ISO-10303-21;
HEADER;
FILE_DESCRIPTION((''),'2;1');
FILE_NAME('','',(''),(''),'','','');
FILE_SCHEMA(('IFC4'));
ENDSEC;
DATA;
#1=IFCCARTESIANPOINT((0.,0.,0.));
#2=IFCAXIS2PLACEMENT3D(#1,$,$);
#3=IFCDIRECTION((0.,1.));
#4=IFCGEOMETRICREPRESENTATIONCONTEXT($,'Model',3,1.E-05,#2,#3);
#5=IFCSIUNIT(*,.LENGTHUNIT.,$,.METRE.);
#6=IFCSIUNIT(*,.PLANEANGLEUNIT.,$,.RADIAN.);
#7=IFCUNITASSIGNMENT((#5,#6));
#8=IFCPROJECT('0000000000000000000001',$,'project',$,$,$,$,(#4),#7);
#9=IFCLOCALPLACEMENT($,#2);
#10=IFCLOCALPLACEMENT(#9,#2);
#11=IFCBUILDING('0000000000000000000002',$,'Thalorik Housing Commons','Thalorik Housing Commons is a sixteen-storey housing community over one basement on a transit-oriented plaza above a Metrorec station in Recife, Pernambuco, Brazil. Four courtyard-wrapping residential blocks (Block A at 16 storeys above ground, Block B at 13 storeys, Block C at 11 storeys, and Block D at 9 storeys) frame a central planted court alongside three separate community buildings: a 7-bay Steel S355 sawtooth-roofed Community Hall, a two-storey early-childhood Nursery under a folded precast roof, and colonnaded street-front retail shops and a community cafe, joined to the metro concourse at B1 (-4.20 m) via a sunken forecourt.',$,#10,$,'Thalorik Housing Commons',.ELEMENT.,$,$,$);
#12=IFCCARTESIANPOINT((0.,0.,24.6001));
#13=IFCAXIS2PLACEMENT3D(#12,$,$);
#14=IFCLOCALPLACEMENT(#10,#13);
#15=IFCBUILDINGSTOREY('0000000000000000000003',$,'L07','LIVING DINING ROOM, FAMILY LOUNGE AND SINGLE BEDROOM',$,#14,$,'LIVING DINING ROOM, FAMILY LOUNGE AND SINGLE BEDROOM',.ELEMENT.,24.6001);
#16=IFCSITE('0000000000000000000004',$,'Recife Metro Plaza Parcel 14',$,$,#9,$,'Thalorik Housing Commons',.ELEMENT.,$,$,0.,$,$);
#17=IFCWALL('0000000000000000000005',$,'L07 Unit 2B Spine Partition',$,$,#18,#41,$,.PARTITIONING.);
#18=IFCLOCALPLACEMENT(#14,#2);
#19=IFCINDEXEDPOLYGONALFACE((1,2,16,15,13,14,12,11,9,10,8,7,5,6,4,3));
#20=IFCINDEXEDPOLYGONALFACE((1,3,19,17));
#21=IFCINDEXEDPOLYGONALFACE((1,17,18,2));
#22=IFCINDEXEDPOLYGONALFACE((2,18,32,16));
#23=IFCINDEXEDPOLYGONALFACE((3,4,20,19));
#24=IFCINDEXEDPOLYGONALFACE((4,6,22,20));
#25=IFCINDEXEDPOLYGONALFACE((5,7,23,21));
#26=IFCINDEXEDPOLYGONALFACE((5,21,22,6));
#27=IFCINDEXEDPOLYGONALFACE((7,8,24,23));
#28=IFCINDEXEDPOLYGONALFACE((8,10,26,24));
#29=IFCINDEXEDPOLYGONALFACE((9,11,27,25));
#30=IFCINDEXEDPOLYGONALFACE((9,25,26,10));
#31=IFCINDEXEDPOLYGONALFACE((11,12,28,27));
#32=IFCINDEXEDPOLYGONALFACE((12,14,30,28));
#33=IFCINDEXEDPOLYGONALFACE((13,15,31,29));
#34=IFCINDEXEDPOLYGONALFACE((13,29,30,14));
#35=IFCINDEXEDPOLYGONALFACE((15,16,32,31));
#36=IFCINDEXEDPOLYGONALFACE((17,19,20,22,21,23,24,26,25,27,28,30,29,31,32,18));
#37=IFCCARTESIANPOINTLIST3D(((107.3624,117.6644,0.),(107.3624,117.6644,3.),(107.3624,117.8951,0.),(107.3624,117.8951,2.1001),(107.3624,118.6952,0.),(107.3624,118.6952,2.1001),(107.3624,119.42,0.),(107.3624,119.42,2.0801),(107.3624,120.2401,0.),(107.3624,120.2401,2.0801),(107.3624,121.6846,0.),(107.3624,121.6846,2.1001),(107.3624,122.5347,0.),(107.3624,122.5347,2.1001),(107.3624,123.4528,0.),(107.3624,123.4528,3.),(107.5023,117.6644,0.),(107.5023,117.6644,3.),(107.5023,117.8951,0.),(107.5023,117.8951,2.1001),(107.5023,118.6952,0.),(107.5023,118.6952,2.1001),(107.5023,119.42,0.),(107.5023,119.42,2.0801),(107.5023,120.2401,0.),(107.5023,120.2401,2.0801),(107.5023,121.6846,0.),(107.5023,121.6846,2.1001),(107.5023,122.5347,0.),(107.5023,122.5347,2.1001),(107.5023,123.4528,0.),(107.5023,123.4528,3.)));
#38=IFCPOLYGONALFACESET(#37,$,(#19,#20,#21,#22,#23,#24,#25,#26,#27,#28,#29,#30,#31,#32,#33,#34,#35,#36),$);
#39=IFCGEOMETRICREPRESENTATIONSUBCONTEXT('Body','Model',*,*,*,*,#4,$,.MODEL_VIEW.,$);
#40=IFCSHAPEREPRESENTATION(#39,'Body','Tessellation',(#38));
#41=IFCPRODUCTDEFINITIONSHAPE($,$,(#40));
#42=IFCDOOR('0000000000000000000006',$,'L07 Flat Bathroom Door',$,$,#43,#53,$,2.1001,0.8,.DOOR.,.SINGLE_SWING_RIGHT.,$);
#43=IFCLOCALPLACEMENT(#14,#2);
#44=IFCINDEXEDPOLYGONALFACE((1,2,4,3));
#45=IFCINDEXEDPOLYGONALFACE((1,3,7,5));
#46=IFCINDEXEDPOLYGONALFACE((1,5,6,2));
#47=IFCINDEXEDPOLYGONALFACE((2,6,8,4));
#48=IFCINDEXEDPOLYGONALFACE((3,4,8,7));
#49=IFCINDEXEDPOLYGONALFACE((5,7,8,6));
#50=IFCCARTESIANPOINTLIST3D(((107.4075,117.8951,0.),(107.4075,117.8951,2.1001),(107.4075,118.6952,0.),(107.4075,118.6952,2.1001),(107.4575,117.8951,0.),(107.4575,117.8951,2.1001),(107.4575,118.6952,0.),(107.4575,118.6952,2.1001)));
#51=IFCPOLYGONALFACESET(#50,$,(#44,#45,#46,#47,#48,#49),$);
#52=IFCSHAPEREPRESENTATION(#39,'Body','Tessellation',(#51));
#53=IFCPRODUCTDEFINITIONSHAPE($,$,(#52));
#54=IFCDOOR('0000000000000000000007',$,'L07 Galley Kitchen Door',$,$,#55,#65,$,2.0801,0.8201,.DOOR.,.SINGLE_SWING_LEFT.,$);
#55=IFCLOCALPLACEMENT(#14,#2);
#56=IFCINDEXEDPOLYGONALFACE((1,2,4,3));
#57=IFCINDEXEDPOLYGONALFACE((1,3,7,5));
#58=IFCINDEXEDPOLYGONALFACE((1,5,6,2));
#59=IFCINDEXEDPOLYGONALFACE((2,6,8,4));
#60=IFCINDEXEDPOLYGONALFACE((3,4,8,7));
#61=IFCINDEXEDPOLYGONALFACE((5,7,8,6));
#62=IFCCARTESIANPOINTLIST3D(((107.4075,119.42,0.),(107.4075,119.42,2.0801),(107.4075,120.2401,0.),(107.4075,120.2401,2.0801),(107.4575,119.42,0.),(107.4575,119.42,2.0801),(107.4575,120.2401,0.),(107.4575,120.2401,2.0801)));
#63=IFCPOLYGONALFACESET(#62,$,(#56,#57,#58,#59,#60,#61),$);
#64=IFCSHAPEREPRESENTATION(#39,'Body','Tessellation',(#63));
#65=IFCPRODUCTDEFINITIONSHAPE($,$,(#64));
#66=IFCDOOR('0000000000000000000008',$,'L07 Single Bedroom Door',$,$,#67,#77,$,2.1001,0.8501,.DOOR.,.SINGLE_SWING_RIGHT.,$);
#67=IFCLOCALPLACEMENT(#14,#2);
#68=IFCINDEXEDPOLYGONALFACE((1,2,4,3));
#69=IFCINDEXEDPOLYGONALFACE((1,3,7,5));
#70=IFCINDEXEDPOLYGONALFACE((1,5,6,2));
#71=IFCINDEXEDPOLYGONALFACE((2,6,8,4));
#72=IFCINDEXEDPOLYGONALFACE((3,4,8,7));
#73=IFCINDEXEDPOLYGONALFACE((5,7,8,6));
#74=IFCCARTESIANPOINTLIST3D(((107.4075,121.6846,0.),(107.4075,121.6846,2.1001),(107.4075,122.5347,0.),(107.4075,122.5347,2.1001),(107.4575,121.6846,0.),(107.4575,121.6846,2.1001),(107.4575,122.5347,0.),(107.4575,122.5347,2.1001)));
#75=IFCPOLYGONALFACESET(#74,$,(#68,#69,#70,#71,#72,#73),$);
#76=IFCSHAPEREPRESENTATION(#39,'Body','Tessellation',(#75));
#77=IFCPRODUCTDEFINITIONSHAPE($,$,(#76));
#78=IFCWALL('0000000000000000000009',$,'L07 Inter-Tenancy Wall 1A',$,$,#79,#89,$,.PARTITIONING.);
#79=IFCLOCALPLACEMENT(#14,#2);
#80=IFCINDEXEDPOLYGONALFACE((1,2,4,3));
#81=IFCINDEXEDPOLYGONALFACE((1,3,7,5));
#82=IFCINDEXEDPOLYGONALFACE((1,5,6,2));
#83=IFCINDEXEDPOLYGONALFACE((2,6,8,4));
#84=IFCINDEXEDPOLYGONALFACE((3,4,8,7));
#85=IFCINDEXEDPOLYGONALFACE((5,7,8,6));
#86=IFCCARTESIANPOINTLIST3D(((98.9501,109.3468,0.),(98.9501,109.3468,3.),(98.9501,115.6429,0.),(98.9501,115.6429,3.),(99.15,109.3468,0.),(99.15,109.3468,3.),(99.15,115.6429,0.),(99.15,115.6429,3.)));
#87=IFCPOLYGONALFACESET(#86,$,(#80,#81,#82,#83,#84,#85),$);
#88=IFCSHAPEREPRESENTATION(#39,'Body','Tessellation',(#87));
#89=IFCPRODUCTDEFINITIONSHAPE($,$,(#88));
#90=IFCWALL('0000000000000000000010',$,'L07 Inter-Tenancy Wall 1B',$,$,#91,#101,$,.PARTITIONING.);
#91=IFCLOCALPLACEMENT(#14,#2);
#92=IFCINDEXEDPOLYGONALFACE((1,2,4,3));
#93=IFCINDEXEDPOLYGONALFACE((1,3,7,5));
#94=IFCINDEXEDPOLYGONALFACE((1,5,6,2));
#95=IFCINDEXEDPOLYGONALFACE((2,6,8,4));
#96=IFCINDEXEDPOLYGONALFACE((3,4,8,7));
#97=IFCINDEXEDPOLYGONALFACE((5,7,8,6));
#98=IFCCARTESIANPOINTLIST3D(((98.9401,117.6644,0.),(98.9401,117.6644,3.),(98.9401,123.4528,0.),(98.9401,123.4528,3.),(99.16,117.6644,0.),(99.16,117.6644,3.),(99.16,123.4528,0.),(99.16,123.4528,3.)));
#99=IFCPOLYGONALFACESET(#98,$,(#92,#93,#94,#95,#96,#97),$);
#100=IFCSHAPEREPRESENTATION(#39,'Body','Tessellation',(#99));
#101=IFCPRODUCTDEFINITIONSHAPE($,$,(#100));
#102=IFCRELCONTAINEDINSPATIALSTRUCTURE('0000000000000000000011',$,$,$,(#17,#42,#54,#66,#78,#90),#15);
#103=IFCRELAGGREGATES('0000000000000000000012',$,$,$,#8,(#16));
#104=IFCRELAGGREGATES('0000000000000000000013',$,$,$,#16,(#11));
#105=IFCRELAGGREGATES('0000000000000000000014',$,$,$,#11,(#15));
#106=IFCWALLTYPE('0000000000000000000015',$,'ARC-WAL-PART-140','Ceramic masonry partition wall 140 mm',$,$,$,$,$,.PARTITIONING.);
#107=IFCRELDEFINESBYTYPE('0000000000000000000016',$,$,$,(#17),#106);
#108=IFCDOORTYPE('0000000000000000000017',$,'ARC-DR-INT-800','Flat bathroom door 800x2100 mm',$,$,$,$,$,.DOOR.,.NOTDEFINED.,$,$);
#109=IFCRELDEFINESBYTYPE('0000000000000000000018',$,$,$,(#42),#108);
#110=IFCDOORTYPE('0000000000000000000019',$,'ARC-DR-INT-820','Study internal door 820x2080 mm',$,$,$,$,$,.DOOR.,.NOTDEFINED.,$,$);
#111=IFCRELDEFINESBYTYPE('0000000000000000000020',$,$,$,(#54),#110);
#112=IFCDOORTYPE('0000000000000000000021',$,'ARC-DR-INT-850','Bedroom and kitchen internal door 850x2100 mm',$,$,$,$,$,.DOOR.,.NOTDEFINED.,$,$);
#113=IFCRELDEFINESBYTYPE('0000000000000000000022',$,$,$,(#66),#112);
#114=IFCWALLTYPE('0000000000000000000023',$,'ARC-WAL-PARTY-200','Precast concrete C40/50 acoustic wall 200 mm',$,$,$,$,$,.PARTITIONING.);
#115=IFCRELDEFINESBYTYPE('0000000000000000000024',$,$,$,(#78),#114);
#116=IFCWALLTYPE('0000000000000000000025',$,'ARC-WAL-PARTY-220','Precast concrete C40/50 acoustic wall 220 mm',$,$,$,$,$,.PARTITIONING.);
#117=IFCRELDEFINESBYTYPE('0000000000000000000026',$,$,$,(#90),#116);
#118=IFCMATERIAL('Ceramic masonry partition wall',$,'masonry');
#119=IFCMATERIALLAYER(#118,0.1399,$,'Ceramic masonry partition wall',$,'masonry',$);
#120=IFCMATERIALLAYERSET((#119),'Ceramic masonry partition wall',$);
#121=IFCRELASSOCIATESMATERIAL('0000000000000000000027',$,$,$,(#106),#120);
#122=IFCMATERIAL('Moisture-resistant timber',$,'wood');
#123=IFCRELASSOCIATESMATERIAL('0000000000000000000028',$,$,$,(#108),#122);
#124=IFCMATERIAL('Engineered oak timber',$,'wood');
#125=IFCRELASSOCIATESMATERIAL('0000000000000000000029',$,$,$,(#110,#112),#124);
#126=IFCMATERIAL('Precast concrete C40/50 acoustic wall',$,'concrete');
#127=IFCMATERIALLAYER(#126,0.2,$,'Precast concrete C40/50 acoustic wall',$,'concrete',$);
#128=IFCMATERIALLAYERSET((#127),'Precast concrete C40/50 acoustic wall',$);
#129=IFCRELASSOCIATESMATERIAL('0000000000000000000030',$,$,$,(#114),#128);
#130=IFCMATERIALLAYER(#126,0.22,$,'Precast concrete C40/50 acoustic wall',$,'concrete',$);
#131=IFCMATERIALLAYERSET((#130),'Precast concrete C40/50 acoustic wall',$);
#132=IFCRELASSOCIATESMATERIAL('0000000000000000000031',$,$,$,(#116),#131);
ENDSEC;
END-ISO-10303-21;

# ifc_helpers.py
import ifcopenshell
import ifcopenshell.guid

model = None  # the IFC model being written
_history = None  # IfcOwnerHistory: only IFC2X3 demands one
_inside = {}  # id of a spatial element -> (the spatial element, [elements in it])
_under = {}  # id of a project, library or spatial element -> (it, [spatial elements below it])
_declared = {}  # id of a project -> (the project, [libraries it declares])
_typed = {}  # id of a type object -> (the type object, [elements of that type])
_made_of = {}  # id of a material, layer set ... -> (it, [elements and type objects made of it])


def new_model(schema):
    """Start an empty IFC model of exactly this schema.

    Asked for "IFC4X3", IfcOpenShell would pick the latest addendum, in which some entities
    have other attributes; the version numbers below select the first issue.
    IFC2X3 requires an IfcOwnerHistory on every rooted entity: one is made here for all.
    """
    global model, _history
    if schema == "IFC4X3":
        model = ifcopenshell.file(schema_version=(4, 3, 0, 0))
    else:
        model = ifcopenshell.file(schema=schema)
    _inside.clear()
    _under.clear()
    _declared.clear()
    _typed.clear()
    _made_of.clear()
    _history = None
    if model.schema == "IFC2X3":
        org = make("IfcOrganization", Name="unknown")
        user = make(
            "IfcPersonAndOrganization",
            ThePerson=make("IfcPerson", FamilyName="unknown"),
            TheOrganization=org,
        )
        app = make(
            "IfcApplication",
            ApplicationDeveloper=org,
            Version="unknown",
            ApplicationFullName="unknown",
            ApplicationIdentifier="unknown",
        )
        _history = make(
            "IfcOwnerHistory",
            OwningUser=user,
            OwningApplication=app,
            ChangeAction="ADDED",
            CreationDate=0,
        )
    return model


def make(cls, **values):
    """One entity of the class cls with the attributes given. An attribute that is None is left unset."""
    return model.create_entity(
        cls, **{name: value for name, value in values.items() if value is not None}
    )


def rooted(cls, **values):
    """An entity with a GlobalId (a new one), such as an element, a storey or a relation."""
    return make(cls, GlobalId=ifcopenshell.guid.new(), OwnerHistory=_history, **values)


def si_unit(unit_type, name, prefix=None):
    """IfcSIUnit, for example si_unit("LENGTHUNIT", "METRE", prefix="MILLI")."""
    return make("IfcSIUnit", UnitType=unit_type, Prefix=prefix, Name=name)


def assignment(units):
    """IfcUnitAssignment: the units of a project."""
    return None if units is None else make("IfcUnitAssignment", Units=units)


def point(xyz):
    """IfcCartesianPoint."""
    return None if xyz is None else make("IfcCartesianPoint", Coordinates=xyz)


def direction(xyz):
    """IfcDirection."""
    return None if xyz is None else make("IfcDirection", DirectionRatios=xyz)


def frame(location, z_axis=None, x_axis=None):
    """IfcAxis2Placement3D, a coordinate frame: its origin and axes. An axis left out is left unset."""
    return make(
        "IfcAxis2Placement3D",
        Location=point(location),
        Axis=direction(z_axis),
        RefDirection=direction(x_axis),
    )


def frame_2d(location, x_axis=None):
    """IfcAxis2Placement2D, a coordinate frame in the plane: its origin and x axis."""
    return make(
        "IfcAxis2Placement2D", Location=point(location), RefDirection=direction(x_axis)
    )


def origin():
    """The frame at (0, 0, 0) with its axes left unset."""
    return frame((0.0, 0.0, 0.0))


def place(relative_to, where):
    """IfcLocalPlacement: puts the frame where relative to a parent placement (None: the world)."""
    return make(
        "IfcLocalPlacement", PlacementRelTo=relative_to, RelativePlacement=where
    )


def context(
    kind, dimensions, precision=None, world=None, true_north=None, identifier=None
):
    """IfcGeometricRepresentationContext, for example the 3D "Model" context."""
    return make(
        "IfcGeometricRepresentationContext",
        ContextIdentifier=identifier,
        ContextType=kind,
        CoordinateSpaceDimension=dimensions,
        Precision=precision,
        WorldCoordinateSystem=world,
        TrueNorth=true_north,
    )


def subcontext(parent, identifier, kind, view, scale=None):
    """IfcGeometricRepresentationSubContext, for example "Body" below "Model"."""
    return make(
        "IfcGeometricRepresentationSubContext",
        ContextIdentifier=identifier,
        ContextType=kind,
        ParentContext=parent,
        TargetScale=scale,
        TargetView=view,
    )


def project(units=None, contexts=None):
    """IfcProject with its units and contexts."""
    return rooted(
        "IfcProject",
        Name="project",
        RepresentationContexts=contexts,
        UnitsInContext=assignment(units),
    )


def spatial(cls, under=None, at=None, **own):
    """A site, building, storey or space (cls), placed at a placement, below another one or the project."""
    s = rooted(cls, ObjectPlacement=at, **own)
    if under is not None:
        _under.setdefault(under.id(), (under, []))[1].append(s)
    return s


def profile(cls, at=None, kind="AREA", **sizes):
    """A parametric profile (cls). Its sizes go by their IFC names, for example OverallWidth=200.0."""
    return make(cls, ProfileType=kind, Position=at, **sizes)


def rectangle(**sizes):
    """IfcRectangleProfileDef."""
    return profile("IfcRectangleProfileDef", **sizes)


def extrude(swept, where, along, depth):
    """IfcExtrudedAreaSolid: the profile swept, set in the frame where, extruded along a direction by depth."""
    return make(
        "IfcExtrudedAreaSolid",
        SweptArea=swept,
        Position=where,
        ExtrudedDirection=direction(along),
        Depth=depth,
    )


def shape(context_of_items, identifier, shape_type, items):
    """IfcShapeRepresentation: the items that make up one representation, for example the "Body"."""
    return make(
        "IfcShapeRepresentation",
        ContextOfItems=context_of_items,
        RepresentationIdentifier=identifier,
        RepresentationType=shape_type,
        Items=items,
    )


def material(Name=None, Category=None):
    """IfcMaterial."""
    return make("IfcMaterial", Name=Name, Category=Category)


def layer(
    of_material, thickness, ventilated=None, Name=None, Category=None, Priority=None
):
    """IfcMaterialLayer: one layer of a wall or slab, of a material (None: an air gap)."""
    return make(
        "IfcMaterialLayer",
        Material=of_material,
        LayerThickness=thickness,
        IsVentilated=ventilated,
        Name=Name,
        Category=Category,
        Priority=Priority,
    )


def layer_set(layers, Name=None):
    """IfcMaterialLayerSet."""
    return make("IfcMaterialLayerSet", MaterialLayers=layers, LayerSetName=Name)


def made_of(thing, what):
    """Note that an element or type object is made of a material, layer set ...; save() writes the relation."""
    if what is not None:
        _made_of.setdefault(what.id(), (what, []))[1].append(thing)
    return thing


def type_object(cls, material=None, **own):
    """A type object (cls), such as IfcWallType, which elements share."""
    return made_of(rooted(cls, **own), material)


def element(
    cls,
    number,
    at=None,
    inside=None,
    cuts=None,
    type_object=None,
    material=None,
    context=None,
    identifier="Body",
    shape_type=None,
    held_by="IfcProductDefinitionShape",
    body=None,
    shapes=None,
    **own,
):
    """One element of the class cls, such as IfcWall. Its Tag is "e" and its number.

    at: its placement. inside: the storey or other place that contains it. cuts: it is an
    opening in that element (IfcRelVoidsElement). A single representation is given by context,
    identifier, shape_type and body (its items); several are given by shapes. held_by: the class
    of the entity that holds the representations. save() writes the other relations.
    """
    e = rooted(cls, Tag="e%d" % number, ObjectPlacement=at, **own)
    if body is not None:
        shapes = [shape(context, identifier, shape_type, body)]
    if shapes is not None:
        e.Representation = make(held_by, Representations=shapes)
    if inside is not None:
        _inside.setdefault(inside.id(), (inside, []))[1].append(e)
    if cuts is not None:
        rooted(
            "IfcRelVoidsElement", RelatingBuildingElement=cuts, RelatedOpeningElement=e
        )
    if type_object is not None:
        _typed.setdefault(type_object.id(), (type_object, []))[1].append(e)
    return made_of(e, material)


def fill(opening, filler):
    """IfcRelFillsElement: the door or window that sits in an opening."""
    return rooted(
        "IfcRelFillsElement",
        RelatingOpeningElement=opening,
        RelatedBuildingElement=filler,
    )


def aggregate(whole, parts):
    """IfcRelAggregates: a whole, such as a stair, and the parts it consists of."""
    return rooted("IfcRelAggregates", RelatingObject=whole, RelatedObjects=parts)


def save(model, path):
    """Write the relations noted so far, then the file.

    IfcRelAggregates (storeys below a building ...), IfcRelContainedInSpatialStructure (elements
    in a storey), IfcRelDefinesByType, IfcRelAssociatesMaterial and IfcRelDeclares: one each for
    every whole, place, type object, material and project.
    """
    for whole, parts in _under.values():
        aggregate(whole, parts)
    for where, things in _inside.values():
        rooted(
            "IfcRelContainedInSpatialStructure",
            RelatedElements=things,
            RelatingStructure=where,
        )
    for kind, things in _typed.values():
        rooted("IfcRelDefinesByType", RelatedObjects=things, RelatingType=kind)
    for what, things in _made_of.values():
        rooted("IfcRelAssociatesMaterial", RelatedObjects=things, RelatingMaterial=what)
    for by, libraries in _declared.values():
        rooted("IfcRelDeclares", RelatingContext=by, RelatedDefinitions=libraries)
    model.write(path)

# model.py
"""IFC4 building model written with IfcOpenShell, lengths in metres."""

from ifc_helpers import new_model, si_unit, direction, frame, frame_2d, origin, place, context, subcontext, project, spatial, rectangle, extrude, material, layer, layer_set, type_object, element, fill, save


model = new_model("IFC4")

# Units and contexts
model_context = context("Model", 3, precision=1e-05, world=origin(), true_north=direction((0.0, 1.0)))
body_context = subcontext(model_context, "Body", "Model", "MODEL_VIEW")
ifc_project = project(units=[si_unit("LENGTHUNIT", "METRE"), si_unit("PLANEANGLEUNIT", "RADIAN")], contexts=[model_context])

# Site, building, storey
site_placement = place(None, origin())
site = spatial("IfcSite", under=ifc_project, at=site_placement, Name="Recife Metro Plaza Parcel 14", LongName="Thalorik Housing Commons", CompositionType="ELEMENT", RefElevation=0.0)
building_placement = place(site_placement, origin())
building = spatial("IfcBuilding", under=site, at=building_placement, Name="Thalorik Housing Commons", Description="Thalorik Housing Commons is a sixteen-storey housing community over one basement on a transit-oriented plaza above a Metrorec station in Recife, Pernambuco, Brazil. Four courtyard-wrapping residential blocks (Block A at 16 storeys above ground, Block B at 13 storeys, Block C at 11 storeys, and Block D at 9 storeys) frame a central planted court alongside three separate community buildings: a 7-bay Steel S355 sawtooth-roofed Community Hall, a two-storey early-childhood Nursery under a folded precast roof, and colonnaded street-front retail shops and a community cafe, joined to the metro concourse at B1 (-4.20 m) via a sunken forecourt.", LongName="Thalorik Housing Commons", CompositionType="ELEMENT")
storey_placement = place(building_placement, frame((0.0, 0.0, 24.6001)))
storey = spatial("IfcBuildingStorey", under=building, at=storey_placement, Name="L07", Description="LIVING DINING ROOM, FAMILY LOUNGE AND SINGLE BEDROOM", LongName="LIVING DINING ROOM, FAMILY LOUNGE AND SINGLE BEDROOM", CompositionType="ELEMENT", Elevation=24.6001)

# Wall, openings, doors
ifc_material_1 = material(Name="Ceramic masonry partition wall", Category="masonry")
ifc_layer_1 = layer(ifc_material_1, 0.1399, Name="Ceramic masonry partition wall", Category="masonry")
ifc_layer_set_1 = layer_set([ifc_layer_1], Name="Ceramic masonry partition wall")
wall_type_1 = type_object("IfcWallType", Name="ARC-WAL-PART-140", Description="Ceramic masonry partition wall 140 mm", PredefinedType="PARTITIONING", material=ifc_layer_set_1)
wall_1_placement = place(storey_placement, frame((107.4324, 117.6646, 0.0), z_axis=(0.0, 0.0, 1.0), x_axis=(0.0, 1.0, 0.0)))
wall_1 = element("IfcWall", 1, at=wall_1_placement, inside=storey, type_object=wall_type_1, Name="L07 Unit 2B Spine Partition", PredefinedType="PARTITIONING", context=body_context, shape_type="SweptSolid", body=[
    extrude(rectangle(XDim=5.7883, YDim=0.1399, at=frame_2d((2.894, 0.0))), origin(), (0.0, 0.0, 1.0), 3.0),
])
opening_1_placement = place(wall_1_placement, frame((0.2307, 0.0, 0.0)))
opening_1 = element("IfcOpeningElement", 2, at=opening_1_placement, cuts=wall_1, PredefinedType="OPENING", context=body_context, shape_type="SweptSolid", body=[
    extrude(rectangle(XDim=0.8, YDim=2.1001, at=frame_2d((0.3999, 1.05))), frame((0.0, 0.0801, 0.0), z_axis=(0.0, -1.0, 0.0), x_axis=(1.0, 0.0, 0.0)), (0.0, 0.0, 1.0), 0.1599),
])
opening_2_placement = place(wall_1_placement, frame((1.7554, 0.0, 0.0)))
opening_2 = element("IfcOpeningElement", 3, at=opening_2_placement, cuts=wall_1, PredefinedType="OPENING", context=body_context, shape_type="SweptSolid", body=[
    extrude(rectangle(XDim=0.8201, YDim=2.0801, at=frame_2d((0.4102, 1.04))), frame((0.0, 0.0801, 0.0), z_axis=(0.0, -1.0, 0.0), x_axis=(1.0, 0.0, 0.0)), (0.0, 0.0, 1.0), 0.1599),
])
opening_3_placement = place(wall_1_placement, frame((4.02, 0.0, 0.0)))
opening_3 = element("IfcOpeningElement", 4, at=opening_3_placement, cuts=wall_1, PredefinedType="OPENING", context=body_context, shape_type="SweptSolid", body=[
    extrude(rectangle(XDim=0.8501, YDim=2.1001, at=frame_2d((0.425, 1.05))), frame((0.0, 0.0801, 0.0), z_axis=(0.0, -1.0, 0.0), x_axis=(1.0, 0.0, 0.0)), (0.0, 0.0, 1.0), 0.1599),
])
ifc_material_2 = material(Name="Moisture-resistant timber", Category="wood")
door_type_1 = type_object("IfcDoorType", Name="ARC-DR-INT-800", Description="Flat bathroom door 800x2100 mm", OperationType="NOTDEFINED", PredefinedType="DOOR", material=ifc_material_2)
door_1_placement = place(opening_1_placement, origin())
door_1 = element("IfcDoor", 5, at=door_1_placement, inside=storey, type_object=door_type_1, Name="L07 Flat Bathroom Door", OperationType="SINGLE_SWING_RIGHT", OverallHeight=2.1001, OverallWidth=0.8, PredefinedType="DOOR", context=body_context, shape_type="SweptSolid", body=[
    extrude(rectangle(XDim=0.8, YDim=2.1001, at=frame_2d((0.3999, 1.05))), frame((0.0, 0.0249, 0.0), z_axis=(0.0, -1.0, 0.0), x_axis=(1.0, 0.0, 0.0)), (0.0, 0.0, 1.0), 0.05),
])
fill(opening_1, door_1)
ifc_material_3 = material(Name="Engineered oak timber", Category="wood")
door_type_2 = type_object("IfcDoorType", Name="ARC-DR-INT-820", Description="Study internal door 820x2080 mm", OperationType="NOTDEFINED", PredefinedType="DOOR", material=ifc_material_3)
door_2_placement = place(opening_2_placement, origin())
door_2 = element("IfcDoor", 6, at=door_2_placement, inside=storey, type_object=door_type_2, Name="L07 Galley Kitchen Door", OperationType="SINGLE_SWING_LEFT", OverallHeight=2.0801, OverallWidth=0.8201, PredefinedType="DOOR", context=body_context, shape_type="SweptSolid", body=[
    extrude(rectangle(XDim=0.8201, YDim=2.0801, at=frame_2d((0.4102, 1.04))), frame((0.0, 0.0249, 0.0), z_axis=(0.0, -1.0, 0.0), x_axis=(1.0, 0.0, 0.0)), (0.0, 0.0, 1.0), 0.05),
])
fill(opening_2, door_2)
door_type_3 = type_object("IfcDoorType", Name="ARC-DR-INT-850", Description="Bedroom and kitchen internal door 850x2100 mm", OperationType="NOTDEFINED", PredefinedType="DOOR", material=ifc_material_3)
door_3_placement = place(opening_3_placement, origin())
door_3 = element("IfcDoor", 7, at=door_3_placement, inside=storey, type_object=door_type_3, Name="L07 Single Bedroom Door", OperationType="SINGLE_SWING_RIGHT", OverallHeight=2.1001, OverallWidth=0.8501, PredefinedType="DOOR", context=body_context, shape_type="SweptSolid", body=[
    extrude(rectangle(XDim=0.8501, YDim=2.1001, at=frame_2d((0.425, 1.05))), frame((0.0, 0.0249, 0.0), z_axis=(0.0, -1.0, 0.0), x_axis=(1.0, 0.0, 0.0)), (0.0, 0.0, 1.0), 0.05),
])
fill(opening_3, door_3)

# Walls
ifc_material_4 = material(Name="Precast concrete C40/50 acoustic wall", Category="concrete")
ifc_layer_2 = layer(ifc_material_4, 0.2, Name="Precast concrete C40/50 acoustic wall", Category="concrete")
ifc_layer_set_2 = layer_set([ifc_layer_2], Name="Precast concrete C40/50 acoustic wall")
wall_type_2 = type_object("IfcWallType", Name="ARC-WAL-PARTY-200", Description="Precast concrete C40/50 acoustic wall 200 mm", PredefinedType="PARTITIONING", material=ifc_layer_set_2)
wall_2_placement = place(storey_placement, frame((99.05, 109.3469, 0.0), z_axis=(0.0, 0.0, 1.0), x_axis=(0.0, 1.0, 0.0)))
element("IfcWall", 8, at=wall_2_placement, inside=storey, type_object=wall_type_2, Name="L07 Inter-Tenancy Wall 1A", PredefinedType="PARTITIONING", context=body_context, shape_type="SweptSolid", body=[
    extrude(rectangle(XDim=6.2961, YDim=0.2, at=frame_2d((3.1479, 0.0))), origin(), (0.0, 0.0, 1.0), 3.0),
])
ifc_layer_3 = layer(ifc_material_4, 0.22, Name="Precast concrete C40/50 acoustic wall", Category="concrete")
ifc_layer_set_3 = layer_set([ifc_layer_3], Name="Precast concrete C40/50 acoustic wall")
wall_type_3 = type_object("IfcWallType", Name="ARC-WAL-PARTY-220", Description="Precast concrete C40/50 acoustic wall 220 mm", PredefinedType="PARTITIONING", material=ifc_layer_set_3)
wall_3_placement = place(storey_placement, frame((99.05, 117.6646, 0.0), z_axis=(0.0, 0.0, 1.0), x_axis=(0.0, 1.0, 0.0)))
element("IfcWall", 9, at=wall_3_placement, inside=storey, type_object=wall_type_3, Name="L07 Inter-Tenancy Wall 1B", PredefinedType="PARTITIONING", context=body_context, shape_type="SweptSolid", body=[
    extrude(rectangle(XDim=5.7883, YDim=0.22, at=frame_2d((2.894, 0.0))), origin(), (0.0, 0.0, 1.0), 3.0),
])

save(model, "model.ifc")
